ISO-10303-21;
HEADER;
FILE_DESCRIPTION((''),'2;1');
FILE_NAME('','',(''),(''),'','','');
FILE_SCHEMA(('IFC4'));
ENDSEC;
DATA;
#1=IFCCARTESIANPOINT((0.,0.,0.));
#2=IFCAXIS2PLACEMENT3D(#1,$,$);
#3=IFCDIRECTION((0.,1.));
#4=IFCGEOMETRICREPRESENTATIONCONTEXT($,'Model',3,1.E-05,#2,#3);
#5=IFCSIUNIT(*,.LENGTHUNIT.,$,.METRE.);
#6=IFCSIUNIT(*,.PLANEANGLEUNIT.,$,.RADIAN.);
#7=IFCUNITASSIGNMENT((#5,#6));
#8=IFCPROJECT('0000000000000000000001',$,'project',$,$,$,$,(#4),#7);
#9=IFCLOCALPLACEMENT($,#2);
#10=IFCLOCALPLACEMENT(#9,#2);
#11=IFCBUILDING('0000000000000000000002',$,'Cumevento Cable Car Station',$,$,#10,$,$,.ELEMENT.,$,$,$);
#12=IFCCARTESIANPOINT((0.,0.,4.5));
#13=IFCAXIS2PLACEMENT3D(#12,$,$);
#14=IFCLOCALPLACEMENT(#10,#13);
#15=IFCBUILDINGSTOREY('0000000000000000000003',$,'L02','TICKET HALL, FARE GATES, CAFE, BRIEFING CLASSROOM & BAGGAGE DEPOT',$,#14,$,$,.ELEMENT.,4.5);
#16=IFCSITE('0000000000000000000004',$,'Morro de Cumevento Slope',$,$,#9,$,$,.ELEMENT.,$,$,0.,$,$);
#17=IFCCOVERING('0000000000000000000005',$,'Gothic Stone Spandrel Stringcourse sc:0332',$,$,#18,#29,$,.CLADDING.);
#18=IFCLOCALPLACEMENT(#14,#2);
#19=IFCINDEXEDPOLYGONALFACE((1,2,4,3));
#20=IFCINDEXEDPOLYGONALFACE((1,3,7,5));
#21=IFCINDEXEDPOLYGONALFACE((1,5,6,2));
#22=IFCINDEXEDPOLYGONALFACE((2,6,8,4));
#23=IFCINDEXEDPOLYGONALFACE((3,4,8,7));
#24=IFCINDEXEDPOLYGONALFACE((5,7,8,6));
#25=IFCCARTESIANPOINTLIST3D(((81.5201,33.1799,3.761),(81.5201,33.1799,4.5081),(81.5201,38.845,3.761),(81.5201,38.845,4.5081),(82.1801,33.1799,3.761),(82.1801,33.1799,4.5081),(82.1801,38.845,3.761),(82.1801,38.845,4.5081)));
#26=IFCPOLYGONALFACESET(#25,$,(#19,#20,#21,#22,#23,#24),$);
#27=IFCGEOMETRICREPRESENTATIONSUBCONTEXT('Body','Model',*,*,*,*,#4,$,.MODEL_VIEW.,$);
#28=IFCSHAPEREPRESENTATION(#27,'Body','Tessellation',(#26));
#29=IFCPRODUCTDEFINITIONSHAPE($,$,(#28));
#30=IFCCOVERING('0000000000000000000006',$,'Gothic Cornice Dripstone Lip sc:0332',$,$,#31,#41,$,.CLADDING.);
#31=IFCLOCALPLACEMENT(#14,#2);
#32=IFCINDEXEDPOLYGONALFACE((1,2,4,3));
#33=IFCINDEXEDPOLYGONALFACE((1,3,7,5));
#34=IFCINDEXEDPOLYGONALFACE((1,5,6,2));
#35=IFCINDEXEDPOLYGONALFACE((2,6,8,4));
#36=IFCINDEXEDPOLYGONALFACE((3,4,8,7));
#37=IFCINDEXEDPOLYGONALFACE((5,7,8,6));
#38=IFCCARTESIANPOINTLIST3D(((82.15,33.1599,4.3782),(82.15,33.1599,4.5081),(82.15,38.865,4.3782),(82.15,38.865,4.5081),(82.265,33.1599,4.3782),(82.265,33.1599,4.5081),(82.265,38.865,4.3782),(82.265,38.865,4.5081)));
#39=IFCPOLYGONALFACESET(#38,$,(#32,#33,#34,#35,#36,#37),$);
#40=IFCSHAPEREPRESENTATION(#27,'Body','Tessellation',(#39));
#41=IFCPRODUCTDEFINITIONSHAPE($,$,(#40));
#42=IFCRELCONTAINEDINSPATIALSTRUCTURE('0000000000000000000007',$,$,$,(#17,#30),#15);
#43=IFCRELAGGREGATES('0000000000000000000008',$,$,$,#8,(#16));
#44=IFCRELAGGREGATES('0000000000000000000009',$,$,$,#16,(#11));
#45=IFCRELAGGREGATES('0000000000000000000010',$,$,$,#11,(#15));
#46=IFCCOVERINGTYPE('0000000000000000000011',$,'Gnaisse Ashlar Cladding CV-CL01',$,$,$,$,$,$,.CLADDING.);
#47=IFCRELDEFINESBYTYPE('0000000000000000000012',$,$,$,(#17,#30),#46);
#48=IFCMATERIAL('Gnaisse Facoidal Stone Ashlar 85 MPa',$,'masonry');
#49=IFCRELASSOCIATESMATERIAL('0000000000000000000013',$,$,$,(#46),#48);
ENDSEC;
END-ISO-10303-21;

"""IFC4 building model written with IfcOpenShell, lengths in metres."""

from ifc_helpers import new_model, si_unit, direction, frame, origin, origin_2d, place, context, subcontext, project, spatial, rectangle, extrude, material, type_object, element, save


model = new_model("IFC4")

# Units and contexts
model_context = context("Model", 3, precision=1e-05, world=origin(), true_north=direction((0.0, 1.0)))
body_context = subcontext(model_context, "Body", "Model", "MODEL_VIEW")
ifc_project = project(units=[si_unit("LENGTHUNIT", "METRE"), si_unit("PLANEANGLEUNIT", "RADIAN")], contexts=[model_context])

# Site, building, storey
site_placement = place(None, origin())
site = spatial("IfcSite", under=ifc_project, at=site_placement, Name="Morro de Cumevento Slope", CompositionType="ELEMENT", RefElevation=0.0)
building_placement = place(site_placement, origin())
building = spatial("IfcBuilding", under=site, at=building_placement, Name="Cumevento Cable Car Station", CompositionType="ELEMENT")
storey_placement = place(building_placement, frame((0.0, 0.0, 4.5)))
storey = spatial("IfcBuildingStorey", under=building, at=storey_placement, Name="L02", Description="TICKET HALL, FARE GATES, CAFE, BRIEFING CLASSROOM & BAGGAGE DEPOT", CompositionType="ELEMENT", Elevation=4.5)

# Coverings
ifc_material_1 = material(Name="Gnaisse Facoidal Stone Ashlar 85 MPa", Category="masonry")
covering_type = type_object("IfcCoveringType", Name="Gnaisse Ashlar Cladding CV-CL01", PredefinedType="CLADDING", material=ifc_material_1)
covering_1_placement = place(storey_placement, frame((81.8501, 36.0125, 3.761), z_axis=(0.0, 0.0, 1.0), x_axis=(0.0, -1.0, 0.0)))
element("IfcCovering", 1, at=covering_1_placement, inside=storey, type_object=covering_type, Name="Gothic Stone Spandrel Stringcourse sc:0332", PredefinedType="CLADDING", context=body_context, shape_type="SweptSolid", body=[
    extrude(rectangle(XDim=5.665, YDim=0.6599, at=origin_2d()), origin(), (0.0, 0.0, 1.0), 0.7471),
])
covering_2_placement = place(storey_placement, frame((82.2075, 36.0125, 4.3782), z_axis=(0.0, 0.0, 1.0), x_axis=(0.0, -1.0, 0.0)))
element("IfcCovering", 2, at=covering_2_placement, inside=storey, type_object=covering_type, Name="Gothic Cornice Dripstone Lip sc:0332", PredefinedType="CLADDING", context=body_context, shape_type="SweptSolid", body=[
    extrude(rectangle(XDim=5.7051, YDim=0.115, at=origin_2d()), origin(), (0.0, 0.0, 1.0), 0.1299),
])

save(model, "model.ifc")
